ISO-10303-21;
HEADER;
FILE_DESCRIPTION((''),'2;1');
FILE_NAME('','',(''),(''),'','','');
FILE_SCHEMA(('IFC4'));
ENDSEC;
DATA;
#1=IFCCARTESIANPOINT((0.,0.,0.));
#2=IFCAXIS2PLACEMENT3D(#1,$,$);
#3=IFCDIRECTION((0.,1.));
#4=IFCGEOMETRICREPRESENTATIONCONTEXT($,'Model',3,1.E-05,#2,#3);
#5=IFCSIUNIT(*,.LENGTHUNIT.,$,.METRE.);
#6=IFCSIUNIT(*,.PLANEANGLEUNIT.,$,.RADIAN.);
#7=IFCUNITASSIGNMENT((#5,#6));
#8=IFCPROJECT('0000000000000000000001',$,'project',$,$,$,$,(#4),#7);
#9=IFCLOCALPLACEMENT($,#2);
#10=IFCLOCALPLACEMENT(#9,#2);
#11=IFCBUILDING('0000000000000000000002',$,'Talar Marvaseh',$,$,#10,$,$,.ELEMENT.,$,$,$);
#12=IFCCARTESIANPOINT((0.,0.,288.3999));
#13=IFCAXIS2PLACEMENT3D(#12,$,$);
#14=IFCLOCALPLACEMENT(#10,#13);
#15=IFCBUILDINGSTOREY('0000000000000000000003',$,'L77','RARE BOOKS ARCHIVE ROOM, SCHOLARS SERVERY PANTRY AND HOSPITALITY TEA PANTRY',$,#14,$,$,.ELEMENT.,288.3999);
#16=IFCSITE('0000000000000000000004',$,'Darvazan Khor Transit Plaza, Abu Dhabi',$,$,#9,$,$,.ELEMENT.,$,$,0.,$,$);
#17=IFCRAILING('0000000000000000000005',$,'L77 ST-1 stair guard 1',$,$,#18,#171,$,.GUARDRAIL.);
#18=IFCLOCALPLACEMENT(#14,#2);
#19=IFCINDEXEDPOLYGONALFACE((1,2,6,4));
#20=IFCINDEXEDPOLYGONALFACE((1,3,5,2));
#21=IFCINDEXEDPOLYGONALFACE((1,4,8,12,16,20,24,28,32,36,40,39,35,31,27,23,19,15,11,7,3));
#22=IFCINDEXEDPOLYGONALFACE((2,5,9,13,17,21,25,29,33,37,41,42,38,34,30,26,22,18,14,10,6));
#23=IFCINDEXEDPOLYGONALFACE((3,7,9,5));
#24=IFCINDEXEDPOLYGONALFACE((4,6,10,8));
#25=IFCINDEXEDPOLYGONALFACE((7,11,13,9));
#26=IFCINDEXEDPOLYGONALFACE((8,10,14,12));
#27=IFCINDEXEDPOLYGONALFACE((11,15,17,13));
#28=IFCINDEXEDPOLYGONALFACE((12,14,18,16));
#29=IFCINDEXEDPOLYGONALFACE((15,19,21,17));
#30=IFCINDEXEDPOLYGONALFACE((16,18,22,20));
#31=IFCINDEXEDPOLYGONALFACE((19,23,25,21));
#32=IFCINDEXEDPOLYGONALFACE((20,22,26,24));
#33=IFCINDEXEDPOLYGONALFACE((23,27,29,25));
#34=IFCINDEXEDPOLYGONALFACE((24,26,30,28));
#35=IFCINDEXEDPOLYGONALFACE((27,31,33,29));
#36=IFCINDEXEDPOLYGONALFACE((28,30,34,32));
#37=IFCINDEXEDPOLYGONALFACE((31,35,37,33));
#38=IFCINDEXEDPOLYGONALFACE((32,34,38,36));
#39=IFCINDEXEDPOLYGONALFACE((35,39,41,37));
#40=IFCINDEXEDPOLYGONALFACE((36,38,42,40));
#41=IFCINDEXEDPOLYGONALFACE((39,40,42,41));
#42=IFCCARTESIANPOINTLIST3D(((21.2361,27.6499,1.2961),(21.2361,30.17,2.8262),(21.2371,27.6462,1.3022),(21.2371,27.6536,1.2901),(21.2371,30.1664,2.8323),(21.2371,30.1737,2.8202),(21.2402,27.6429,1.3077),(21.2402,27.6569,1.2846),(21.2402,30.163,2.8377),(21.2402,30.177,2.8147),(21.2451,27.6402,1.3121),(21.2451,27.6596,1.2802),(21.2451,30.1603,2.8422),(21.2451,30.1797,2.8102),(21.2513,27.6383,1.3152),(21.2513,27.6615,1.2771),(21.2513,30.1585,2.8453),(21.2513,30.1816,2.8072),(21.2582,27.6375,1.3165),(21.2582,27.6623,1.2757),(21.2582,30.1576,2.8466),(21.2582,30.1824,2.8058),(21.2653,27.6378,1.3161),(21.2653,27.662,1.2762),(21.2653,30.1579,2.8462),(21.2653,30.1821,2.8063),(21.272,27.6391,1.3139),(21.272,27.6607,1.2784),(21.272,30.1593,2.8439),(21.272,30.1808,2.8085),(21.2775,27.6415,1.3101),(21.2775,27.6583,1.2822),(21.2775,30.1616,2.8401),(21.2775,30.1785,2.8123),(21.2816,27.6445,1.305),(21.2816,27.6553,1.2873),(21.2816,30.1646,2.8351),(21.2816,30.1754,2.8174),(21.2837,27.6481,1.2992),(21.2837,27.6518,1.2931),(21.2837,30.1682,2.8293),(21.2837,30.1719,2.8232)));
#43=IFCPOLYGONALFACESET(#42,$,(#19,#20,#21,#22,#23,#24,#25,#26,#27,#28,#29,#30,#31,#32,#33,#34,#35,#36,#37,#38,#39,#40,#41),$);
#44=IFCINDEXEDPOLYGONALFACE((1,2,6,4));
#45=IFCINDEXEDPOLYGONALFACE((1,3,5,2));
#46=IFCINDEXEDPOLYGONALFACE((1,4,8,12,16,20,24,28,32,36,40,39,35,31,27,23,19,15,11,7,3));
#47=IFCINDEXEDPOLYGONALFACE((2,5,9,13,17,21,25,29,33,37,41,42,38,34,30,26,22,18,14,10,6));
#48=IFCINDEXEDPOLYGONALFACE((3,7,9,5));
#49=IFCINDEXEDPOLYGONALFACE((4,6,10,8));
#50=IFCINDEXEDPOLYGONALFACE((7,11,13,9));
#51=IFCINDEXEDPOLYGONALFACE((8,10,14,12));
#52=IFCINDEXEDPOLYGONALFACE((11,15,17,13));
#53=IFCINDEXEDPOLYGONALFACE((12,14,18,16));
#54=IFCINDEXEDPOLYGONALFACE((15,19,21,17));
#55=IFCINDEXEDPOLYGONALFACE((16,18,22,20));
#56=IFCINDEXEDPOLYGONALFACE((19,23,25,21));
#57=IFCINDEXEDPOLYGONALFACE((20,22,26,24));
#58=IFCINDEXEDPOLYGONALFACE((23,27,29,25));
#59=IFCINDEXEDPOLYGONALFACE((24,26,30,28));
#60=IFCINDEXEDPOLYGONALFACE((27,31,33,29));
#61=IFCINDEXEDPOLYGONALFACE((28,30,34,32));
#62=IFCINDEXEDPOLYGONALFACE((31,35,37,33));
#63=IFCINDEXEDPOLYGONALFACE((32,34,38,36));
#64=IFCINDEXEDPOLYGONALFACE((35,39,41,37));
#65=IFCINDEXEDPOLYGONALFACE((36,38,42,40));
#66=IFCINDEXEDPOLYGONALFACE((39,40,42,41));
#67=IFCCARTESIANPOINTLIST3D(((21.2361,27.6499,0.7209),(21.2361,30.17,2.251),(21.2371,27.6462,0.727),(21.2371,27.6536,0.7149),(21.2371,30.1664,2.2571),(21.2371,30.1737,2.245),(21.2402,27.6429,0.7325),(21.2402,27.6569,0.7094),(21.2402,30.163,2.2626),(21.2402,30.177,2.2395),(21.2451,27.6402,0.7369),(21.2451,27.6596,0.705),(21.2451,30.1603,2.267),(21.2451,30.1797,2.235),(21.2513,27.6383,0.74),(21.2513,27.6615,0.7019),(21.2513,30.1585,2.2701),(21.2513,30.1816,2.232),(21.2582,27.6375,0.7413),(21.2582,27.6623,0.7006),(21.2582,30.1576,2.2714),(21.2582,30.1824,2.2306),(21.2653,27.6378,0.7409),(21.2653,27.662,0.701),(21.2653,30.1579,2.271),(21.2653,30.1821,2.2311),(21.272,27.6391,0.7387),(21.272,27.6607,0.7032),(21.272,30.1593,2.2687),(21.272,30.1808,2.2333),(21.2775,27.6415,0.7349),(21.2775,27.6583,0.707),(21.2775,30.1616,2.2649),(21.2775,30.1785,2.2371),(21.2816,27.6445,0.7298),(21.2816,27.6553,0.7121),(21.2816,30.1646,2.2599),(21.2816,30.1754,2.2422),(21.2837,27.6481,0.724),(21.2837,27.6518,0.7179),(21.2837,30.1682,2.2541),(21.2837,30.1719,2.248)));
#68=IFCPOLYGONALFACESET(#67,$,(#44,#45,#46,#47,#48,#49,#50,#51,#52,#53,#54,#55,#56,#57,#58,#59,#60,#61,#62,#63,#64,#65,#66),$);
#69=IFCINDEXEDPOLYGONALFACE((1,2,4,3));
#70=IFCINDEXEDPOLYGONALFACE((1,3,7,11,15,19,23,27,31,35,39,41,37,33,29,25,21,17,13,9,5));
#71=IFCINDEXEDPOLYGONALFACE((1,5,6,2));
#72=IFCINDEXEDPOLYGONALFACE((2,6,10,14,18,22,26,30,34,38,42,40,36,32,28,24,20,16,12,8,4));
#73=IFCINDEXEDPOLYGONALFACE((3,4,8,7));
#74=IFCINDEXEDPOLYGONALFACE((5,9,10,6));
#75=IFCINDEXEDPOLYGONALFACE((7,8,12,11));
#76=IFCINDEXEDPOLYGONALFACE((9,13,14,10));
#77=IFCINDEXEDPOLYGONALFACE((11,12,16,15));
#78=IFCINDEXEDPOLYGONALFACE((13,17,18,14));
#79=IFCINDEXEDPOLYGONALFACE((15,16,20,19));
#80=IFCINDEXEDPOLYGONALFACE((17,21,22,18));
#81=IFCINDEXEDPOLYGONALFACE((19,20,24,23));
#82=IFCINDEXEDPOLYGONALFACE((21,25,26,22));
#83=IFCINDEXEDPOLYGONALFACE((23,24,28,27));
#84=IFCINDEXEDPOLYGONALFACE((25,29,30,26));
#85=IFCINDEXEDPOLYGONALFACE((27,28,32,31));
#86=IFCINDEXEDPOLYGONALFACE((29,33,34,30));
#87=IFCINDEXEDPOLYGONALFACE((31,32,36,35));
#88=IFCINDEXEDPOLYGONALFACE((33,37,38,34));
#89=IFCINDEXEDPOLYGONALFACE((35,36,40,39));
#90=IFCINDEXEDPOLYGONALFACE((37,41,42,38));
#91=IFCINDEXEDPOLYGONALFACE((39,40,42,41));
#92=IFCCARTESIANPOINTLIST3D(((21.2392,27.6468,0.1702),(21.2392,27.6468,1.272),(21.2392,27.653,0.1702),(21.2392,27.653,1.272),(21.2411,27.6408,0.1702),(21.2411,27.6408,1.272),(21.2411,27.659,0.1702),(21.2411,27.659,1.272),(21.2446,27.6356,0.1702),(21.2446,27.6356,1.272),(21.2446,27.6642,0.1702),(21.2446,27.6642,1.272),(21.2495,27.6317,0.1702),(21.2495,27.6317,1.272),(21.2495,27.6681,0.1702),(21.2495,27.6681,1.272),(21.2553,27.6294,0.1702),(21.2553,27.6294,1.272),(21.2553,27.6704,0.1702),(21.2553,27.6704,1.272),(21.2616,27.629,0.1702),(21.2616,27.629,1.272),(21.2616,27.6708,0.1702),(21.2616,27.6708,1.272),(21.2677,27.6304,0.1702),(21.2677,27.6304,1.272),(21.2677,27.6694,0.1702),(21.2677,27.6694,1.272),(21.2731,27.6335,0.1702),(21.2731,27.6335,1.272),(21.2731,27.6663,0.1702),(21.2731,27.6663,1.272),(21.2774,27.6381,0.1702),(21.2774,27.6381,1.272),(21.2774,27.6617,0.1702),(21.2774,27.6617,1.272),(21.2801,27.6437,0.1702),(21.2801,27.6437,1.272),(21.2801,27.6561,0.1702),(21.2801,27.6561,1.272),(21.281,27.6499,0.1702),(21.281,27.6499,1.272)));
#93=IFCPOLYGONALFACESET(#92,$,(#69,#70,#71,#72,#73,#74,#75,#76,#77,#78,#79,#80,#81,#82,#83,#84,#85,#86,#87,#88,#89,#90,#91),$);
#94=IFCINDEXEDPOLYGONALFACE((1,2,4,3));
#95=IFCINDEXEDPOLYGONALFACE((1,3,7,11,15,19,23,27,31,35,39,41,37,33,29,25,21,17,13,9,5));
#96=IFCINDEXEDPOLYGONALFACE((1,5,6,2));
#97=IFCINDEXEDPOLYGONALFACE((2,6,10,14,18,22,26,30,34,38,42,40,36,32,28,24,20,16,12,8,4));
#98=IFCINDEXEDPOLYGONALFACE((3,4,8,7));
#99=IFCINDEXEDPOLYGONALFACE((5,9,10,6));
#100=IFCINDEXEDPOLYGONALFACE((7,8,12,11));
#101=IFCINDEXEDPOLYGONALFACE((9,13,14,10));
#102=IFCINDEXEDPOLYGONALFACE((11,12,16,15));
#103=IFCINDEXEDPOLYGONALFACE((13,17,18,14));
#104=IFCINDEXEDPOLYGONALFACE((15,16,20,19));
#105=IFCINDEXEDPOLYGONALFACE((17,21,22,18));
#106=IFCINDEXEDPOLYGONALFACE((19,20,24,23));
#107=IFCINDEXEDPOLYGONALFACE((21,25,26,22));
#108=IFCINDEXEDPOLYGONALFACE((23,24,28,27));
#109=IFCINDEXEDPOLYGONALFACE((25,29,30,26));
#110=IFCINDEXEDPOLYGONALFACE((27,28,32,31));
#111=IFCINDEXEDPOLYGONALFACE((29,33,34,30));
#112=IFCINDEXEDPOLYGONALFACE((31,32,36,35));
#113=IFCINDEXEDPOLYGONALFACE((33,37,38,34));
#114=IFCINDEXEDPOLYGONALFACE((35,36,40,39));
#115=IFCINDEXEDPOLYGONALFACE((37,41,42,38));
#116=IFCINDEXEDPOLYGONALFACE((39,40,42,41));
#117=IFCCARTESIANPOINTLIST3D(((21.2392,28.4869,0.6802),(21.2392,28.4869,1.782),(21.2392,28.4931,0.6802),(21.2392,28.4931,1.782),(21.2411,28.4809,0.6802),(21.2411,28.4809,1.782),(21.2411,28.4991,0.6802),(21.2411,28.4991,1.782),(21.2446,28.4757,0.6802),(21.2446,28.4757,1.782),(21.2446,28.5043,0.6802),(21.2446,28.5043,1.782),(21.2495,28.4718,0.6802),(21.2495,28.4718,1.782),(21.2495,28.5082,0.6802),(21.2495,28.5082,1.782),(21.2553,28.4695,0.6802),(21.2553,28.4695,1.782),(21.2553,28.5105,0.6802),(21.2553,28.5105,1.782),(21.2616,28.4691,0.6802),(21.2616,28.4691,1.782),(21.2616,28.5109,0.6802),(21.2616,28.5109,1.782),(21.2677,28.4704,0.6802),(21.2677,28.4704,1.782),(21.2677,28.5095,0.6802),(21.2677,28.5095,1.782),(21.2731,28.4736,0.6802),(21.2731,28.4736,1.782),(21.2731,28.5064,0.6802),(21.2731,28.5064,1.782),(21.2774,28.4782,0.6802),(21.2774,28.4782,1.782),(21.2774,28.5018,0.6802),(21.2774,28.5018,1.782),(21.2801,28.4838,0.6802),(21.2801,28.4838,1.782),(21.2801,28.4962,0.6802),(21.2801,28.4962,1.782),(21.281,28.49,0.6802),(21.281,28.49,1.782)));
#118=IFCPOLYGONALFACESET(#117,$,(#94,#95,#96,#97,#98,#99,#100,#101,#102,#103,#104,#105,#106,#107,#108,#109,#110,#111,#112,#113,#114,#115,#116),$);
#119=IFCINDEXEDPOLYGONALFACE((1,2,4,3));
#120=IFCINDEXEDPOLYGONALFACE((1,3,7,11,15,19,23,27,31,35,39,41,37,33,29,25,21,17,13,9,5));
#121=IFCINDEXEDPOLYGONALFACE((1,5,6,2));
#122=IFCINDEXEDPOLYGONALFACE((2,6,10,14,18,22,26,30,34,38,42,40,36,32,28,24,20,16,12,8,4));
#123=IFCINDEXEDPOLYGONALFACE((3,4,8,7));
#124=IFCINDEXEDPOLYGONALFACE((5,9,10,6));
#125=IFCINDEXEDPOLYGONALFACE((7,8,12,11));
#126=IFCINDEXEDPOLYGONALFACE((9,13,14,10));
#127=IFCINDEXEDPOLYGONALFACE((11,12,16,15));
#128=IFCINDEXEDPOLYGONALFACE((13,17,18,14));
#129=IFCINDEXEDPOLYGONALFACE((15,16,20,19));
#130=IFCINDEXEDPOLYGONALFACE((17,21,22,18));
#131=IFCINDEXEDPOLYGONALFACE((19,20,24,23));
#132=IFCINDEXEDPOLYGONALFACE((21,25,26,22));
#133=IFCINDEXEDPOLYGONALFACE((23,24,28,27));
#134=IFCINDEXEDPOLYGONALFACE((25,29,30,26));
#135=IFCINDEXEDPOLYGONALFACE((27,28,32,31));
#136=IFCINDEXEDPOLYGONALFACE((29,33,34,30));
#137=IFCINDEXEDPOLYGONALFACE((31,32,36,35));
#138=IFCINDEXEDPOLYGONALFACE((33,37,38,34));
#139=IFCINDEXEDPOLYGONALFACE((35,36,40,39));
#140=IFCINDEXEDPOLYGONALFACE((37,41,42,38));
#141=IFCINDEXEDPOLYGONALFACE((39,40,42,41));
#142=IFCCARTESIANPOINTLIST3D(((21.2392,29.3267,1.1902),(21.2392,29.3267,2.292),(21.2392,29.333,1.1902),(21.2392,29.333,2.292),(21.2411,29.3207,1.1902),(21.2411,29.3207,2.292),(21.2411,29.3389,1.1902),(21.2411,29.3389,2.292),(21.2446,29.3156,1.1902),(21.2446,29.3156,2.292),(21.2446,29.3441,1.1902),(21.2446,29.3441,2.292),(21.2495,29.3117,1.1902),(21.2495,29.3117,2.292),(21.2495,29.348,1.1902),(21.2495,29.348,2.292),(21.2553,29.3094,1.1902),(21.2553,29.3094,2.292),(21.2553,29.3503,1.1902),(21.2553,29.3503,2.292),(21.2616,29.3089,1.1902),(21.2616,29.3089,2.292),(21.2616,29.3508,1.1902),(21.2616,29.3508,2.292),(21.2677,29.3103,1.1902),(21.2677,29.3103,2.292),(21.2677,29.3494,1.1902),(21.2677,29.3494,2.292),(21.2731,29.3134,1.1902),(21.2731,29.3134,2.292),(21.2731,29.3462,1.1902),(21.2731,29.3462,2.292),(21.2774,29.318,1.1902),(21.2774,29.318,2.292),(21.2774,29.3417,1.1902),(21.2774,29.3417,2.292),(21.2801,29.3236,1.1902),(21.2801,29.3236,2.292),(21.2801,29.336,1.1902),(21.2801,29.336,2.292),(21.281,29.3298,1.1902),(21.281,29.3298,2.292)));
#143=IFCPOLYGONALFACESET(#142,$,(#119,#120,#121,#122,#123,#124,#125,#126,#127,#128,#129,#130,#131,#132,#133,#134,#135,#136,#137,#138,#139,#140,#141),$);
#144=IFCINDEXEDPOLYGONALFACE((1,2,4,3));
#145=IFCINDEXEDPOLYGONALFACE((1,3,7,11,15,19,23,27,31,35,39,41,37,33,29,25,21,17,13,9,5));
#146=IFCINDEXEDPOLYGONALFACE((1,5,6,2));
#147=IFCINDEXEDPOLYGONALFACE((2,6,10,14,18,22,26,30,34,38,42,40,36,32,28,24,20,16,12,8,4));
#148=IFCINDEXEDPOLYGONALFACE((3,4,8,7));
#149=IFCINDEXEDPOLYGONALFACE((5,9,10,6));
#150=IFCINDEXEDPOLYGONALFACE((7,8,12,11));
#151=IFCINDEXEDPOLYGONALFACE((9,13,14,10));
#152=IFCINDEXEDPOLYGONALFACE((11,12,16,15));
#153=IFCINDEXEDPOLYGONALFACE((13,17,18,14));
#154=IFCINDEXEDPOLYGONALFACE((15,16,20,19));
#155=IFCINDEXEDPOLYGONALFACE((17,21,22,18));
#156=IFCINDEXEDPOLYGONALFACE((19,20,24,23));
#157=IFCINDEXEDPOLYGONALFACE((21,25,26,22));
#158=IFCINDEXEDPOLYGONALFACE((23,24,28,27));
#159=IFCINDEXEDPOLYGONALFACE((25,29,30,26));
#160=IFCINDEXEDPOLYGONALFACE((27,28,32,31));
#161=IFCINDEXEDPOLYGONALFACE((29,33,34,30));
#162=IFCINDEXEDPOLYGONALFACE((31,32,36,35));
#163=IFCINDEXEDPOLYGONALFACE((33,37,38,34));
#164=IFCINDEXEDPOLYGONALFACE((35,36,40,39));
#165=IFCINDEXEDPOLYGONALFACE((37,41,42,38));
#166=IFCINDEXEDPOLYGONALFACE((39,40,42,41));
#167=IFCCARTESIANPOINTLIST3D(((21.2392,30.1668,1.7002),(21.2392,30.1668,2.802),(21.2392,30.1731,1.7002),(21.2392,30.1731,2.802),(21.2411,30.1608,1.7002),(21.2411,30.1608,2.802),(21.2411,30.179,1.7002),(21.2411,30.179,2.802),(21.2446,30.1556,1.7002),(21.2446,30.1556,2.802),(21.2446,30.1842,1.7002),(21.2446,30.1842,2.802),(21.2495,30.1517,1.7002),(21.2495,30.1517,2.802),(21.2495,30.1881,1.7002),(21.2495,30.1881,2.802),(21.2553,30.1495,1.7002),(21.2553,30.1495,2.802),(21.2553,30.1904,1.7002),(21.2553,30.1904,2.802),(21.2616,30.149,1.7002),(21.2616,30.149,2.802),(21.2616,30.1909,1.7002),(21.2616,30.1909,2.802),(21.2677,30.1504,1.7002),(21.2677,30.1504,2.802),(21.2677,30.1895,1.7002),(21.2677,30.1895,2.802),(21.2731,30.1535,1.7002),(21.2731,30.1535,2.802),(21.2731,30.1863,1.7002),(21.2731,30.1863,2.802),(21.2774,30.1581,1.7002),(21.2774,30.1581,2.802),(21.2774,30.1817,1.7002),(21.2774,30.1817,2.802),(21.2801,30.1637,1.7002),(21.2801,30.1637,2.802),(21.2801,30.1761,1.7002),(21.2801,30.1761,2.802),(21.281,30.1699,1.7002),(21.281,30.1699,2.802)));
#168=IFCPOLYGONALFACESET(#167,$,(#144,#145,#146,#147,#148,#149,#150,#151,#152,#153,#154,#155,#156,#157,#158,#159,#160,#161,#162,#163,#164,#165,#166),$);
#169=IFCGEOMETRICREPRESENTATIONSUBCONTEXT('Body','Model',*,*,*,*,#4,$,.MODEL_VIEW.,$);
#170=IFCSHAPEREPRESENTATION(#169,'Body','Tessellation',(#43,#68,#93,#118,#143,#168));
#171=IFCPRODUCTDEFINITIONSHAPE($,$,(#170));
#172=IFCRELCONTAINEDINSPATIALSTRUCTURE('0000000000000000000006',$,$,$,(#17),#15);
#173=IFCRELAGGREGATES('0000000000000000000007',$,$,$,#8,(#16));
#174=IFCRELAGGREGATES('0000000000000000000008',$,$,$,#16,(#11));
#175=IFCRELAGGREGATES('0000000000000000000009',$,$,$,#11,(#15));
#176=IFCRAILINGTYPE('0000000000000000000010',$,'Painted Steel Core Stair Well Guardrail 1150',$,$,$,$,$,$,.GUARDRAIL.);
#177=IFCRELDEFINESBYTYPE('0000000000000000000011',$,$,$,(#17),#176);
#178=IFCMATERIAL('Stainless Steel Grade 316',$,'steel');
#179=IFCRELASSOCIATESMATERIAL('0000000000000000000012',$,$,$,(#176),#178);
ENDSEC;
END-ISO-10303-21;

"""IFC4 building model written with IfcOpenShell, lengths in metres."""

from ifc_helpers import new_model, si_unit, direction, frame, origin, origin_2d, place, context, subcontext, project, spatial, circle, extrude, material, type_object, element, save


model = new_model("IFC4")

# Units and contexts
model_context = context("Model", 3, precision=1e-05, world=origin(), true_north=direction((0.0, 1.0)))
body_context = subcontext(model_context, "Body", "Model", "MODEL_VIEW")
ifc_project = project(units=[si_unit("LENGTHUNIT", "METRE"), si_unit("PLANEANGLEUNIT", "RADIAN")], contexts=[model_context])

# Site, building, storey
site_placement = place(None, origin())
site = spatial("IfcSite", under=ifc_project, at=site_placement, Name="Darvazan Khor Transit Plaza, Abu Dhabi", CompositionType="ELEMENT", RefElevation=0.0)
building_placement = place(site_placement, origin())
building = spatial("IfcBuilding", under=site, at=building_placement, Name="Talar Marvaseh", CompositionType="ELEMENT")
storey_placement = place(building_placement, frame((0.0, 0.0, 288.3999)))
storey = spatial("IfcBuildingStorey", under=building, at=storey_placement, Name="L77", Description="RARE BOOKS ARCHIVE ROOM, SCHOLARS SERVERY PANTRY AND HOSPITALITY TEA PANTRY", CompositionType="ELEMENT", Elevation=288.3999)

# Railing
ifc_material_1 = material(Name="Stainless Steel Grade 316", Category="steel")
railing_type_1 = type_object("IfcRailingType", Name="Painted Steel Core Stair Well Guardrail 1150", PredefinedType="GUARDRAIL", material=ifc_material_1)
railing_1_placement = place(storey_placement, frame((21.26, 27.6499, 0.1702)))
element("IfcRailing", 1, at=railing_1_placement, inside=storey, type_object=railing_type_1, Name="L77 ST-1 stair guard 1", PredefinedType="GUARDRAIL", context=body_context, shape_type="SweptSolid", body=[
    extrude(circle(Radius=0.0239, at=origin_2d()), frame((0.0, 0.0, 1.126), z_axis=(0.0, 0.854785, 0.518982), x_axis=(-1.0, 0.0, 0.0)), (0.0, 0.0, 1.0), 2.9482),
    extrude(circle(Radius=0.0239, at=origin_2d()), frame((0.0, 0.0, 0.5508), z_axis=(0.0, 0.854785, 0.518982), x_axis=(-1.0, 0.0, 0.0)), (0.0, 0.0, 1.0), 2.9482),
    extrude(circle(Radius=0.021, at=origin_2d()), origin(), (0.0, 0.0, 1.0), 1.1018),
    extrude(circle(Radius=0.021, at=origin_2d()), frame((0.0, 0.8401, 0.51)), (0.0, 0.0, 1.0), 1.1018),
    extrude(circle(Radius=0.021, at=origin_2d()), frame((0.0, 1.6799, 1.02)), (0.0, 0.0, 1.0), 1.1018),
    extrude(circle(Radius=0.021, at=origin_2d()), frame((0.0, 2.52, 1.53)), (0.0, 0.0, 1.0), 1.1018),
])

save(model, "model.ifc")
